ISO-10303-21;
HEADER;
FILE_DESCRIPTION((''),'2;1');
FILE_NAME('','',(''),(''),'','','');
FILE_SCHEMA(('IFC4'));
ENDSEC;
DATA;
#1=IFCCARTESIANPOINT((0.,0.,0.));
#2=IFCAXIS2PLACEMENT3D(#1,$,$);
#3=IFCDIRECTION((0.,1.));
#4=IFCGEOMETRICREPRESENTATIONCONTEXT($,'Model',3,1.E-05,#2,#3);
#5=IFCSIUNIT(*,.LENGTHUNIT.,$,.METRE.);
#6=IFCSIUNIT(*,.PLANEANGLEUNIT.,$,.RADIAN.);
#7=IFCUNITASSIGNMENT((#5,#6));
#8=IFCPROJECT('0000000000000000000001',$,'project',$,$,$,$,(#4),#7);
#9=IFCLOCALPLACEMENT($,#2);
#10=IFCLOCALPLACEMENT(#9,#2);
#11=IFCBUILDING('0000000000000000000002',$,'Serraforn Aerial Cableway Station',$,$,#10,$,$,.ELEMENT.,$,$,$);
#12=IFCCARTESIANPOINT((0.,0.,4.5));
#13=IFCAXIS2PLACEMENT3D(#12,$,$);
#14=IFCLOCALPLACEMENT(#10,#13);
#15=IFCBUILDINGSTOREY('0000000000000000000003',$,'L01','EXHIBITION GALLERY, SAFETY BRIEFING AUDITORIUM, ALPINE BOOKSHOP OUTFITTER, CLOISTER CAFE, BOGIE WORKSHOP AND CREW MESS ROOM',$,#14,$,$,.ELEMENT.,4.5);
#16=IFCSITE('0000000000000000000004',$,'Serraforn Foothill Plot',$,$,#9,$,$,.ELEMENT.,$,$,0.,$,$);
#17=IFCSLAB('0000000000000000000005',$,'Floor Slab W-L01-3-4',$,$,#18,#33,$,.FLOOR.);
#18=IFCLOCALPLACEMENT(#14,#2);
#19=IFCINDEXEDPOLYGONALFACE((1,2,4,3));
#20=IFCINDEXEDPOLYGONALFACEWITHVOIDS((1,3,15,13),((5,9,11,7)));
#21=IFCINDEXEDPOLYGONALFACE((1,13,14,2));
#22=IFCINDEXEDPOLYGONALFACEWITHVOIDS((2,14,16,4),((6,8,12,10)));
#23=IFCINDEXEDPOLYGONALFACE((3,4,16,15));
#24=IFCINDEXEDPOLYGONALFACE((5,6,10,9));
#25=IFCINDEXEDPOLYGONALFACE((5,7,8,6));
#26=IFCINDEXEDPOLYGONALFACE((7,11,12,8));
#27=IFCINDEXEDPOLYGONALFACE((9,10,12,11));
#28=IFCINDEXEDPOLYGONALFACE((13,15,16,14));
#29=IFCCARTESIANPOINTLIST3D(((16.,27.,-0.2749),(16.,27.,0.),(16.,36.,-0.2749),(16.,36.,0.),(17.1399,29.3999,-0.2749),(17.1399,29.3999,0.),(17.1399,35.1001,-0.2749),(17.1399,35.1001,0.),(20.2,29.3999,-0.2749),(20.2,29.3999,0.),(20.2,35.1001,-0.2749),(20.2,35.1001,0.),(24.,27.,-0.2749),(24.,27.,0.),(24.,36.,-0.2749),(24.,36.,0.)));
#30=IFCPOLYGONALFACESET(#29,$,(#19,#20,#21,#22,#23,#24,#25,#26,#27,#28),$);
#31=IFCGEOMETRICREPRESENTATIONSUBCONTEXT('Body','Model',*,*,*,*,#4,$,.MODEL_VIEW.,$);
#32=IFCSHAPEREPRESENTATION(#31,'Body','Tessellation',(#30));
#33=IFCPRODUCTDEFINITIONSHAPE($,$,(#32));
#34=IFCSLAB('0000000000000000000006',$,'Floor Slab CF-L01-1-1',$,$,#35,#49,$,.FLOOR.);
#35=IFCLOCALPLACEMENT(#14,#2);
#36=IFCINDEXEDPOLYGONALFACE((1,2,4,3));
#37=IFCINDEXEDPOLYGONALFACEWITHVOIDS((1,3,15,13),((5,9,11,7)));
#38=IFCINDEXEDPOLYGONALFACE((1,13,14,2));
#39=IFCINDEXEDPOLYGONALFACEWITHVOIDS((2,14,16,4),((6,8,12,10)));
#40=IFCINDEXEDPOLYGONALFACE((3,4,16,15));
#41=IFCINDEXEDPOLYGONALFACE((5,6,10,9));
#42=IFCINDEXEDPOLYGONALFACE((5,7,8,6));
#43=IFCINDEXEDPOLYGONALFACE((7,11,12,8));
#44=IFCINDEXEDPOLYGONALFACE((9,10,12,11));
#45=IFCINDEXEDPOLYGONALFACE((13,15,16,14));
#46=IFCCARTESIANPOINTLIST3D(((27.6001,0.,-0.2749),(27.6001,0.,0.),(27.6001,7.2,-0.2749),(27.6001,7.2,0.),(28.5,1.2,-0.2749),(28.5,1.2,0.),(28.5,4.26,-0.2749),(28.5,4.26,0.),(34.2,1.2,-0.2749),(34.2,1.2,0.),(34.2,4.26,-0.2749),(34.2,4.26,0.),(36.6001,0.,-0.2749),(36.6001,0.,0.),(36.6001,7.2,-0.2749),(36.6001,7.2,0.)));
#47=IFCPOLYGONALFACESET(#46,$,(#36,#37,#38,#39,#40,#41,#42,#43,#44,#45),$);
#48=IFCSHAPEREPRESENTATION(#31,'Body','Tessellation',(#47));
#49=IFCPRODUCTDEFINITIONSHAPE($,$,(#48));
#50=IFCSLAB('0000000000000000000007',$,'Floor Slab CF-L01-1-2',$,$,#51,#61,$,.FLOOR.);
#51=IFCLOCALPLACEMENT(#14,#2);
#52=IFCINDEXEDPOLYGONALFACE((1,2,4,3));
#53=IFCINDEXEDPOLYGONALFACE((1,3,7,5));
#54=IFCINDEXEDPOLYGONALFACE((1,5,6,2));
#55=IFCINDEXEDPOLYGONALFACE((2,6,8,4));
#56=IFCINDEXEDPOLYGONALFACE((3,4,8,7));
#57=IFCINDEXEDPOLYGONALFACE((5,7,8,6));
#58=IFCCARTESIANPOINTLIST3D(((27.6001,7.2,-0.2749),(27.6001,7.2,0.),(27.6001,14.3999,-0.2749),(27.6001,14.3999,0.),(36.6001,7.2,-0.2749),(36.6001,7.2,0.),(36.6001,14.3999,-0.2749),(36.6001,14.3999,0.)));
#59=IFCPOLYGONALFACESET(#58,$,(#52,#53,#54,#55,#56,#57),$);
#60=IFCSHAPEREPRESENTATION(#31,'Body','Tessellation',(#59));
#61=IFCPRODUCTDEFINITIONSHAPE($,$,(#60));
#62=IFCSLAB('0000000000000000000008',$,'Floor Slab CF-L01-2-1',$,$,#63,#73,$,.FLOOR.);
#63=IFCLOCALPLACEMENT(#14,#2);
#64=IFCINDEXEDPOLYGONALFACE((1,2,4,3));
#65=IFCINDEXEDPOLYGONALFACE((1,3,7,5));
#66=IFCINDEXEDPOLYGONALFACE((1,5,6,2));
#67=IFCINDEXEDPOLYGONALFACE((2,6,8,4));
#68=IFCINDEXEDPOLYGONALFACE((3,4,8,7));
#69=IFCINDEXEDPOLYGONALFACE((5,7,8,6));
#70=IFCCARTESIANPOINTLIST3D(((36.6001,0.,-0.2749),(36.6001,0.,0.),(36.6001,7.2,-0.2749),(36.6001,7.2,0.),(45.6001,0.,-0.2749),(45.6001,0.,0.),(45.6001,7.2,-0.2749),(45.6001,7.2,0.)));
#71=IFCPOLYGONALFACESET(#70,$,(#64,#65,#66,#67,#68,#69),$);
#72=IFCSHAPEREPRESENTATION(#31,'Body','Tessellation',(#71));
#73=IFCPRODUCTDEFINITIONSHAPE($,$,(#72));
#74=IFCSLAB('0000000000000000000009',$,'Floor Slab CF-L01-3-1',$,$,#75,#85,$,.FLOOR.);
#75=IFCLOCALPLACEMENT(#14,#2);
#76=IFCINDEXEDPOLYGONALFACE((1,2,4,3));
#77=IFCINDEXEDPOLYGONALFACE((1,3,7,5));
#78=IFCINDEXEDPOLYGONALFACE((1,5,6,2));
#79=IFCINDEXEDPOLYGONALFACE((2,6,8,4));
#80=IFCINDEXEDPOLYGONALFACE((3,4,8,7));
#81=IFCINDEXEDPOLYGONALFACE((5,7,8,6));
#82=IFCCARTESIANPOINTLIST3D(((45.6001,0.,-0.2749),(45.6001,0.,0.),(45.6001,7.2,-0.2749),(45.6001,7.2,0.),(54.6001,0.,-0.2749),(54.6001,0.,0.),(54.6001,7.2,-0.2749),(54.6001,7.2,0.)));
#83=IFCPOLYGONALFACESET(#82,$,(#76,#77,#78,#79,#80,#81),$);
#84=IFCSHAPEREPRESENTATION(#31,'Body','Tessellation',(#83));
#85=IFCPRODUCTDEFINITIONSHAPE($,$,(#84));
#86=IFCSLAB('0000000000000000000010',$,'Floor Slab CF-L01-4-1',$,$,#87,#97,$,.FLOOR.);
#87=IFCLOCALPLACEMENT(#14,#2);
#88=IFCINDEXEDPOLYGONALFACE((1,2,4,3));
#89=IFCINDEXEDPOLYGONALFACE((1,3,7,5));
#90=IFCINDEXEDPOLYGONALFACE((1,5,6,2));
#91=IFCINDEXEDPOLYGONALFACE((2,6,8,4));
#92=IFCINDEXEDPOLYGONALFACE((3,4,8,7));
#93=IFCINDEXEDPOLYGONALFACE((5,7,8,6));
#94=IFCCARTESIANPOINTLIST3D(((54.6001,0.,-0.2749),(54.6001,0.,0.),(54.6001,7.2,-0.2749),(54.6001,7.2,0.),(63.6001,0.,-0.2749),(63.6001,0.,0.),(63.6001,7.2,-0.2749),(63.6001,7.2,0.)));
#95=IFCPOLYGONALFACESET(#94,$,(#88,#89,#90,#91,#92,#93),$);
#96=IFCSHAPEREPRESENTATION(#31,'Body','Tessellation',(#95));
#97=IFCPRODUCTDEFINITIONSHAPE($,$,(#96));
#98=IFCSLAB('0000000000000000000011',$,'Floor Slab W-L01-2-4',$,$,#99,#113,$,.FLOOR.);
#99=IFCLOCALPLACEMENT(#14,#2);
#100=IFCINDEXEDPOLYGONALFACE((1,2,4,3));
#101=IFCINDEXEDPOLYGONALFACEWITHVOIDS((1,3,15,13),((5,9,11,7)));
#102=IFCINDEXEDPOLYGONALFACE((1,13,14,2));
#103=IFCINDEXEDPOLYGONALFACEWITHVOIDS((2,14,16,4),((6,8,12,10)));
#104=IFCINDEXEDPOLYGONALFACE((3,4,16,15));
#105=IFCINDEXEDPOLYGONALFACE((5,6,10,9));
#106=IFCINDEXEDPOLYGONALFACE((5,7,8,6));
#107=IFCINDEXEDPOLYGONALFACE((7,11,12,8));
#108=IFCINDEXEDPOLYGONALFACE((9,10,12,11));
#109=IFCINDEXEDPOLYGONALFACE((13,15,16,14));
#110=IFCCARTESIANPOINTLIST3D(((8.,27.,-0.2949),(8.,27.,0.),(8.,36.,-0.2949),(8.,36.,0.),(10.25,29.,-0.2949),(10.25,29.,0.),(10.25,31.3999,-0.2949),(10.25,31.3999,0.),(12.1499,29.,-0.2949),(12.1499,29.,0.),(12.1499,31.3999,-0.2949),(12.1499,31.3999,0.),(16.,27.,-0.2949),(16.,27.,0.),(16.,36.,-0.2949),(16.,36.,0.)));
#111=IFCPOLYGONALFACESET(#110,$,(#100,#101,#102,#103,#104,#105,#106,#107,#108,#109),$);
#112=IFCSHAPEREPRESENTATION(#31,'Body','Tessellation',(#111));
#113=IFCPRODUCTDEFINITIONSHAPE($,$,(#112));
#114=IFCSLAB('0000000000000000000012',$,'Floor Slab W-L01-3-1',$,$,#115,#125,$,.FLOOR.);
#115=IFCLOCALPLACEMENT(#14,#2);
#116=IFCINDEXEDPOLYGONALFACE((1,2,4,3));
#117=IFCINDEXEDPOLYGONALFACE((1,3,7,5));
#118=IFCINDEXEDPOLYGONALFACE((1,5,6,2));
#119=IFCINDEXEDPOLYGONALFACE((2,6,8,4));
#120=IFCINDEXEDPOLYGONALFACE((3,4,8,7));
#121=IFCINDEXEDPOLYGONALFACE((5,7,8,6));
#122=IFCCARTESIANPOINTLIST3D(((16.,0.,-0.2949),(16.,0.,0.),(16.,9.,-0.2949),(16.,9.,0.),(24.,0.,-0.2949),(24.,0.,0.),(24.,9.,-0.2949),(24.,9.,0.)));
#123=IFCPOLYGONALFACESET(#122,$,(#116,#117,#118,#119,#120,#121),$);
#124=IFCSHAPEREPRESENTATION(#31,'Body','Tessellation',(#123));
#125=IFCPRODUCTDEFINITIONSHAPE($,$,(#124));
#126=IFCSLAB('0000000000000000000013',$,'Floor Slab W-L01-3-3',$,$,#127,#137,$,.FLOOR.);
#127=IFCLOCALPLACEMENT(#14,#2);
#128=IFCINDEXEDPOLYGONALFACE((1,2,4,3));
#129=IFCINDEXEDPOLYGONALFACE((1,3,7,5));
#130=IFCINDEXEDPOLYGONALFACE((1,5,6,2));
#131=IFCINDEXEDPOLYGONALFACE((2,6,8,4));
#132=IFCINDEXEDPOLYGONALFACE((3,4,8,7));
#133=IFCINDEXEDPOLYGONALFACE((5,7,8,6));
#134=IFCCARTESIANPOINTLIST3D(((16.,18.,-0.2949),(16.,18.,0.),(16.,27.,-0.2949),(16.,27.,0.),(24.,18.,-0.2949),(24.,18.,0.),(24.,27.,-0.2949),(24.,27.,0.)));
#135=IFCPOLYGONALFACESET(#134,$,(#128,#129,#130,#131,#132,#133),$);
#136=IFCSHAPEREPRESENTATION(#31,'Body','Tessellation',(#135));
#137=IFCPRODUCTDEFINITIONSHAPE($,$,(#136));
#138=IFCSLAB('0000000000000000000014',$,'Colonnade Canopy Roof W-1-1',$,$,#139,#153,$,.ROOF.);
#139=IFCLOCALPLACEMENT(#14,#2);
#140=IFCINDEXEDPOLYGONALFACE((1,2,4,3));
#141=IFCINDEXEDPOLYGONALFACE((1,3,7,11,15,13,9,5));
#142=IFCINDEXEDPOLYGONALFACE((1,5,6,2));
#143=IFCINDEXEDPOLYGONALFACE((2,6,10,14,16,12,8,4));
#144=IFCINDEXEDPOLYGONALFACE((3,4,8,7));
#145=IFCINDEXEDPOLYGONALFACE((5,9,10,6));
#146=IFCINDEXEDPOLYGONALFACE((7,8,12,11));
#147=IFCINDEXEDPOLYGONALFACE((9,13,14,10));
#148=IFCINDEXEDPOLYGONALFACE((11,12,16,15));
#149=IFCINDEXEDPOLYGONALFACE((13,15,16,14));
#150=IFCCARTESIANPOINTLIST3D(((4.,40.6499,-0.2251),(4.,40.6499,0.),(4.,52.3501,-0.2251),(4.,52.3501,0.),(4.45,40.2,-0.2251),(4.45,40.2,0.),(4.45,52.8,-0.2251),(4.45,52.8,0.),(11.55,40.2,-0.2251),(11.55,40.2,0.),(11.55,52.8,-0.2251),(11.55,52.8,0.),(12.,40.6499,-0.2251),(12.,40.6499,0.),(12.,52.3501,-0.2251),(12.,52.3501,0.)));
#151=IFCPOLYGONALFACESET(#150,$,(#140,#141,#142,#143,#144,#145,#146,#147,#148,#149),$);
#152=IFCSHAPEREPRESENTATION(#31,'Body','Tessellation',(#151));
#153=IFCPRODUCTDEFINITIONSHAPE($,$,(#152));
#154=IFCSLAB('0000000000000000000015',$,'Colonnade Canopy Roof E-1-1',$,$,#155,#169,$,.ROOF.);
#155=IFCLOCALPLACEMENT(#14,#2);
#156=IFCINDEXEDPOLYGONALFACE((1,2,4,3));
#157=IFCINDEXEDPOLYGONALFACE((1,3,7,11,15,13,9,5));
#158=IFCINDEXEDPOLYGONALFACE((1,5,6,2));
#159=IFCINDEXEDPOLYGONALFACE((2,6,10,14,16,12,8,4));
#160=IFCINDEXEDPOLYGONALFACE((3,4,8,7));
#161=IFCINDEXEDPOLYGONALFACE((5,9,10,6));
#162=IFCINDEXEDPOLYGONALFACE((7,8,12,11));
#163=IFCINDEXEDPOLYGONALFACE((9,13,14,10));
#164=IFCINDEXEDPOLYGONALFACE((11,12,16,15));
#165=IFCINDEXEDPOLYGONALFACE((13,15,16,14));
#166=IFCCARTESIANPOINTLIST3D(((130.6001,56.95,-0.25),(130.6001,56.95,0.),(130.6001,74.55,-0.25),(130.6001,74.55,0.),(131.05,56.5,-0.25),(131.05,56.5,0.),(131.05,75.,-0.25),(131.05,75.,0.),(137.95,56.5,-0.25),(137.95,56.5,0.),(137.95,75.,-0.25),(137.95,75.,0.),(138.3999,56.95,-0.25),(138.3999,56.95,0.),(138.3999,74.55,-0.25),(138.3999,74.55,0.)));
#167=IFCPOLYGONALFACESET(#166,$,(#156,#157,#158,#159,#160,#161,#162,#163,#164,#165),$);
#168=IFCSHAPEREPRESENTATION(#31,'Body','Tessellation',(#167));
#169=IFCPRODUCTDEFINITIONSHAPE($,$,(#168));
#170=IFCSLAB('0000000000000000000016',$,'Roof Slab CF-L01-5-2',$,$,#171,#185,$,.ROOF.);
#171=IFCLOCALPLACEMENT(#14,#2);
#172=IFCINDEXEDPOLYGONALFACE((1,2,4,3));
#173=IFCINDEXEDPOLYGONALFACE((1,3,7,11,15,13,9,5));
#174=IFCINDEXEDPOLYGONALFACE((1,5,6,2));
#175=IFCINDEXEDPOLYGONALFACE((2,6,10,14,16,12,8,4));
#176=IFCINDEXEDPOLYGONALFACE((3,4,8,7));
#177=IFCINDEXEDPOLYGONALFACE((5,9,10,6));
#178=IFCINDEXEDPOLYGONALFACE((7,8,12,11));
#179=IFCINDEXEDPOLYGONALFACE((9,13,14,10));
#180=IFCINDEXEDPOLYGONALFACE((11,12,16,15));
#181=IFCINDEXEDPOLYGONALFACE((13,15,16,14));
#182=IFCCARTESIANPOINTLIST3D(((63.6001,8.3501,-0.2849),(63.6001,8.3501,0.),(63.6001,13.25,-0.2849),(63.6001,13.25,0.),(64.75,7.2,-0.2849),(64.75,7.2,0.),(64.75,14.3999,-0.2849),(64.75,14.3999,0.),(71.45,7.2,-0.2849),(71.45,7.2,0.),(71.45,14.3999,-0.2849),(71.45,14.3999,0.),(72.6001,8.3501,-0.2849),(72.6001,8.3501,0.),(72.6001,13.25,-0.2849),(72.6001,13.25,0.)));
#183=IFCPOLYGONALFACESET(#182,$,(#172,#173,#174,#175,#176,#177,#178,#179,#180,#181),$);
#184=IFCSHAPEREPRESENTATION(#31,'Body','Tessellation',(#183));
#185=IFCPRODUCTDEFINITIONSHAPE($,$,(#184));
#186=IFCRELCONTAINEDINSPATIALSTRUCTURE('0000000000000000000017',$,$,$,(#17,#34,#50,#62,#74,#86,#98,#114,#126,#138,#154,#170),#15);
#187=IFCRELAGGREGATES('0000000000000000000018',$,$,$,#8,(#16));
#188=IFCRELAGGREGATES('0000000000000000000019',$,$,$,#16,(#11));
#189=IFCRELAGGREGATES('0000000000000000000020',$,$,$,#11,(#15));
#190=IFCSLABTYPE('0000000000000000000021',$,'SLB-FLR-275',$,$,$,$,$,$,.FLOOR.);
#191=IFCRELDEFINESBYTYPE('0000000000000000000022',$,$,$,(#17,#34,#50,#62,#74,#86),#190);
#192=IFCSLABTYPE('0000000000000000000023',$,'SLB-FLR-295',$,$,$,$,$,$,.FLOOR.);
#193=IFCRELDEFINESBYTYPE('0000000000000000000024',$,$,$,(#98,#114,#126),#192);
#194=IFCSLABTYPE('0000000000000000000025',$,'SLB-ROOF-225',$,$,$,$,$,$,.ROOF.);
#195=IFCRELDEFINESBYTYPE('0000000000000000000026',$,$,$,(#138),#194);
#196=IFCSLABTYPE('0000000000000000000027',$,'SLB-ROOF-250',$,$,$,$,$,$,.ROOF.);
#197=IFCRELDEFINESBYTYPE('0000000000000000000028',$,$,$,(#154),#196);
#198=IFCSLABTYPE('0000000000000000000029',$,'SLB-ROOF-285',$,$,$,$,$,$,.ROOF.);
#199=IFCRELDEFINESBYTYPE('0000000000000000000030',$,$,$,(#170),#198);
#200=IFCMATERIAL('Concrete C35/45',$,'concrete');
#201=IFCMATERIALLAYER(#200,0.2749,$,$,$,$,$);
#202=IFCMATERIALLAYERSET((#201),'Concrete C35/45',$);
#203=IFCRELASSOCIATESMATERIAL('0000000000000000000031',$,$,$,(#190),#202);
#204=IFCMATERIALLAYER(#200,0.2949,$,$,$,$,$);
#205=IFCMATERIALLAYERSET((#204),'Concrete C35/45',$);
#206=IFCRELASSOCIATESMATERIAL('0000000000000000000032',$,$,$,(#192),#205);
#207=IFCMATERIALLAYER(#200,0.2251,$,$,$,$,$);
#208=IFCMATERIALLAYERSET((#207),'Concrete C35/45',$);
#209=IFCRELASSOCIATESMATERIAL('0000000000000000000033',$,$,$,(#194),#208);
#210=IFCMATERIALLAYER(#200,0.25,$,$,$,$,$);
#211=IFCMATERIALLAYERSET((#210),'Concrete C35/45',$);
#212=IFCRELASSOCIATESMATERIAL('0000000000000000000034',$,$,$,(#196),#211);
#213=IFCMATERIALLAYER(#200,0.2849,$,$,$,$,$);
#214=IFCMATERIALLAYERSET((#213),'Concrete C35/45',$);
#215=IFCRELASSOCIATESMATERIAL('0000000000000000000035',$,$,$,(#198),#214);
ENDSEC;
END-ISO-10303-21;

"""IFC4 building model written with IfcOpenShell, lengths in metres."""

from ifc_helpers import new_model, si_unit, direction, frame, origin, place, context, subcontext, project, spatial, polyline, outline, extrude, material, layer, layer_set, type_object, element, save


model = new_model("IFC4")

# Units and contexts
model_context = context("Model", 3, precision=1e-05, world=origin(), true_north=direction((0.0, 1.0)))
body_context = subcontext(model_context, "Body", "Model", "MODEL_VIEW")
ifc_project = project(units=[si_unit("LENGTHUNIT", "METRE"), si_unit("PLANEANGLEUNIT", "RADIAN")], contexts=[model_context])

# Site, building, storey
site_placement = place(None, origin())
site = spatial("IfcSite", under=ifc_project, at=site_placement, Name="Serraforn Foothill Plot", CompositionType="ELEMENT", RefElevation=0.0)
building_placement = place(site_placement, origin())
building = spatial("IfcBuilding", under=site, at=building_placement, Name="Serraforn Aerial Cableway Station", CompositionType="ELEMENT")
storey_placement = place(building_placement, frame((0.0, 0.0, 4.5)))
storey = spatial("IfcBuildingStorey", under=building, at=storey_placement, Name="L01", Description="EXHIBITION GALLERY, SAFETY BRIEFING AUDITORIUM, ALPINE BOOKSHOP OUTFITTER, CLOISTER CAFE, BOGIE WORKSHOP AND CREW MESS ROOM", CompositionType="ELEMENT", Elevation=4.5)

# Slabs
ifc_material_1 = material(Name="Concrete C35/45", Category="concrete")
ifc_layer_1 = layer(ifc_material_1, 0.2749)
ifc_layer_set_1 = layer_set([ifc_layer_1], Name="Concrete C35/45")
slab_type_1 = type_object("IfcSlabType", Name="SLB-FLR-275", PredefinedType="FLOOR", material=ifc_layer_set_1)
slab_1_placement = place(storey_placement, frame((0.0, 0.0, -0.2749)))
element("IfcSlab", 1, at=slab_1_placement, inside=storey, type_object=slab_type_1, Name="Floor Slab W-L01-3-4", PredefinedType="FLOOR", context=body_context, shape_type="SweptSolid", body=[
    extrude(outline(polyline([(16.0, 27.0), (24.0, 27.0), (24.0, 36.0), (16.0, 36.0), (16.0, 27.0)]), holes=[polyline([(20.2, 29.3999), (20.2, 35.1001), (17.1399, 35.1001), (17.1399, 29.3999), (20.2, 29.3999)])]), origin(), (0.0, 0.0, 1.0), 0.2749),
])
slab_2_placement = place(storey_placement, frame((0.0, 0.0, -0.2749)))
element("IfcSlab", 2, at=slab_2_placement, inside=storey, type_object=slab_type_1, Name="Floor Slab CF-L01-1-1", PredefinedType="FLOOR", context=body_context, shape_type="SweptSolid", body=[
    extrude(outline(polyline([(27.6001, 0.0), (36.6001, 0.0), (36.6001, 7.2), (27.6001, 7.2), (27.6001, 0.0)]), holes=[polyline([(34.2, 4.26), (28.5, 4.26), (28.5, 1.2), (34.2, 1.2), (34.2, 4.26)])]), origin(), (0.0, 0.0, 1.0), 0.2749),
])
slab_3_placement = place(storey_placement, frame((0.0, 0.0, -0.2749)))
element("IfcSlab", 3, at=slab_3_placement, inside=storey, type_object=slab_type_1, Name="Floor Slab CF-L01-1-2", PredefinedType="FLOOR", context=body_context, shape_type="SweptSolid", body=[
    extrude(outline(polyline([(27.6001, 7.2), (36.6001, 7.2), (36.6001, 14.3999), (27.6001, 14.3999), (27.6001, 7.2)])), origin(), (0.0, 0.0, 1.0), 0.2749),
])
slab_4_placement = place(storey_placement, frame((0.0, 0.0, -0.2749)))
element("IfcSlab", 4, at=slab_4_placement, inside=storey, type_object=slab_type_1, Name="Floor Slab CF-L01-2-1", PredefinedType="FLOOR", context=body_context, shape_type="SweptSolid", body=[
    extrude(outline(polyline([(36.6001, 0.0), (45.6001, 0.0), (45.6001, 7.2), (36.6001, 7.2), (36.6001, 0.0)])), origin(), (0.0, 0.0, 1.0), 0.2749),
])
slab_5_placement = place(storey_placement, frame((0.0, 0.0, -0.2749)))
element("IfcSlab", 5, at=slab_5_placement, inside=storey, type_object=slab_type_1, Name="Floor Slab CF-L01-3-1", PredefinedType="FLOOR", context=body_context, shape_type="SweptSolid", body=[
    extrude(outline(polyline([(45.6001, 0.0), (54.6001, 0.0), (54.6001, 7.2), (45.6001, 7.2), (45.6001, 0.0)])), origin(), (0.0, 0.0, 1.0), 0.2749),
])
slab_6_placement = place(storey_placement, frame((0.0, 0.0, -0.2749)))
element("IfcSlab", 6, at=slab_6_placement, inside=storey, type_object=slab_type_1, Name="Floor Slab CF-L01-4-1", PredefinedType="FLOOR", context=body_context, shape_type="SweptSolid", body=[
    extrude(outline(polyline([(54.6001, 0.0), (63.6001, 0.0), (63.6001, 7.2), (54.6001, 7.2), (54.6001, 0.0)])), origin(), (0.0, 0.0, 1.0), 0.2749),
])
ifc_layer_2 = layer(ifc_material_1, 0.2949)
ifc_layer_set_2 = layer_set([ifc_layer_2], Name="Concrete C35/45")
slab_type_2 = type_object("IfcSlabType", Name="SLB-FLR-295", PredefinedType="FLOOR", material=ifc_layer_set_2)
slab_7_placement = place(storey_placement, frame((0.0, 0.0, -0.2949)))
element("IfcSlab", 7, at=slab_7_placement, inside=storey, type_object=slab_type_2, Name="Floor Slab W-L01-2-4", PredefinedType="FLOOR", context=body_context, shape_type="SweptSolid", body=[
    extrude(outline(polyline([(8.0, 27.0), (16.0, 27.0), (16.0, 36.0), (8.0, 36.0), (8.0, 27.0)]), holes=[polyline([(10.25, 29.0), (12.1499, 29.0), (12.1499, 31.3999), (10.25, 31.3999), (10.25, 29.0)])]), origin(), (0.0, 0.0, 1.0), 0.2949),
])
slab_8_placement = place(storey_placement, frame((0.0, 0.0, -0.2949)))
element("IfcSlab", 8, at=slab_8_placement, inside=storey, type_object=slab_type_2, Name="Floor Slab W-L01-3-1", PredefinedType="FLOOR", context=body_context, shape_type="SweptSolid", body=[
    extrude(outline(polyline([(16.0, 0.0), (24.0, 0.0), (24.0, 9.0), (16.0, 9.0), (16.0, 0.0)])), origin(), (0.0, 0.0, 1.0), 0.2949),
])
slab_9_placement = place(storey_placement, frame((0.0, 0.0, -0.2949)))
element("IfcSlab", 9, at=slab_9_placement, inside=storey, type_object=slab_type_2, Name="Floor Slab W-L01-3-3", PredefinedType="FLOOR", context=body_context, shape_type="SweptSolid", body=[
    extrude(outline(polyline([(16.0, 18.0), (24.0, 18.0), (24.0, 27.0), (16.0, 27.0), (16.0, 18.0)])), origin(), (0.0, 0.0, 1.0), 0.2949),
])
ifc_layer_3 = layer(ifc_material_1, 0.2251)
ifc_layer_set_3 = layer_set([ifc_layer_3], Name="Concrete C35/45")
slab_type_3 = type_object("IfcSlabType", Name="SLB-ROOF-225", PredefinedType="ROOF", material=ifc_layer_set_3)
slab_10_placement = place(storey_placement, frame((0.0, 0.0, -0.2251)))
element("IfcSlab", 10, at=slab_10_placement, inside=storey, type_object=slab_type_3, Name="Colonnade Canopy Roof W-1-1", PredefinedType="ROOF", context=body_context, shape_type="SweptSolid", body=[
    extrude(outline(polyline([(4.45, 40.2), (11.55, 40.2), (12.0, 40.6499), (12.0, 52.3501), (11.55, 52.8), (4.45, 52.8), (4.0, 52.3501), (4.0, 40.6499), (4.45, 40.2)])), origin(), (0.0, 0.0, 1.0), 0.2251),
])
ifc_layer_4 = layer(ifc_material_1, 0.25)
ifc_layer_set_4 = layer_set([ifc_layer_4], Name="Concrete C35/45")
slab_type_4 = type_object("IfcSlabType", Name="SLB-ROOF-250", PredefinedType="ROOF", material=ifc_layer_set_4)
slab_11_placement = place(storey_placement, frame((0.0, 0.0, -0.25)))
element("IfcSlab", 11, at=slab_11_placement, inside=storey, type_object=slab_type_4, Name="Colonnade Canopy Roof E-1-1", PredefinedType="ROOF", context=body_context, shape_type="SweptSolid", body=[
    extrude(outline(polyline([(131.05, 56.5), (137.95, 56.5), (138.3999, 56.95), (138.3999, 74.55), (137.95, 75.0), (131.05, 75.0), (130.6001, 74.55), (130.6001, 56.95), (131.05, 56.5)])), origin(), (0.0, 0.0, 1.0), 0.25),
])

# Shared definitions
ifc_layer_5 = layer(ifc_material_1, 0.2849)
ifc_layer_set_5 = layer_set([ifc_layer_5], Name="Concrete C35/45")
slab_type_5 = type_object("IfcSlabType", Name="SLB-ROOF-285", PredefinedType="ROOF", material=ifc_layer_set_5)

# Slab
slab_12_placement = place(storey_placement, frame((0.0, 0.0, -0.2849)))
element("IfcSlab", 12, at=slab_12_placement, inside=storey, type_object=slab_type_5, Name="Roof Slab CF-L01-5-2", PredefinedType="ROOF", context=body_context, shape_type="SweptSolid", body=[
    extrude(outline(polyline([(64.75, 7.2), (71.45, 7.2), (72.6001, 8.3501), (72.6001, 13.25), (71.45, 14.3999), (64.75, 14.3999), (63.6001, 13.25), (63.6001, 8.3501), (64.75, 7.2)])), origin(), (0.0, 0.0, 1.0), 0.2849),
])

save(model, "model.ifc")
